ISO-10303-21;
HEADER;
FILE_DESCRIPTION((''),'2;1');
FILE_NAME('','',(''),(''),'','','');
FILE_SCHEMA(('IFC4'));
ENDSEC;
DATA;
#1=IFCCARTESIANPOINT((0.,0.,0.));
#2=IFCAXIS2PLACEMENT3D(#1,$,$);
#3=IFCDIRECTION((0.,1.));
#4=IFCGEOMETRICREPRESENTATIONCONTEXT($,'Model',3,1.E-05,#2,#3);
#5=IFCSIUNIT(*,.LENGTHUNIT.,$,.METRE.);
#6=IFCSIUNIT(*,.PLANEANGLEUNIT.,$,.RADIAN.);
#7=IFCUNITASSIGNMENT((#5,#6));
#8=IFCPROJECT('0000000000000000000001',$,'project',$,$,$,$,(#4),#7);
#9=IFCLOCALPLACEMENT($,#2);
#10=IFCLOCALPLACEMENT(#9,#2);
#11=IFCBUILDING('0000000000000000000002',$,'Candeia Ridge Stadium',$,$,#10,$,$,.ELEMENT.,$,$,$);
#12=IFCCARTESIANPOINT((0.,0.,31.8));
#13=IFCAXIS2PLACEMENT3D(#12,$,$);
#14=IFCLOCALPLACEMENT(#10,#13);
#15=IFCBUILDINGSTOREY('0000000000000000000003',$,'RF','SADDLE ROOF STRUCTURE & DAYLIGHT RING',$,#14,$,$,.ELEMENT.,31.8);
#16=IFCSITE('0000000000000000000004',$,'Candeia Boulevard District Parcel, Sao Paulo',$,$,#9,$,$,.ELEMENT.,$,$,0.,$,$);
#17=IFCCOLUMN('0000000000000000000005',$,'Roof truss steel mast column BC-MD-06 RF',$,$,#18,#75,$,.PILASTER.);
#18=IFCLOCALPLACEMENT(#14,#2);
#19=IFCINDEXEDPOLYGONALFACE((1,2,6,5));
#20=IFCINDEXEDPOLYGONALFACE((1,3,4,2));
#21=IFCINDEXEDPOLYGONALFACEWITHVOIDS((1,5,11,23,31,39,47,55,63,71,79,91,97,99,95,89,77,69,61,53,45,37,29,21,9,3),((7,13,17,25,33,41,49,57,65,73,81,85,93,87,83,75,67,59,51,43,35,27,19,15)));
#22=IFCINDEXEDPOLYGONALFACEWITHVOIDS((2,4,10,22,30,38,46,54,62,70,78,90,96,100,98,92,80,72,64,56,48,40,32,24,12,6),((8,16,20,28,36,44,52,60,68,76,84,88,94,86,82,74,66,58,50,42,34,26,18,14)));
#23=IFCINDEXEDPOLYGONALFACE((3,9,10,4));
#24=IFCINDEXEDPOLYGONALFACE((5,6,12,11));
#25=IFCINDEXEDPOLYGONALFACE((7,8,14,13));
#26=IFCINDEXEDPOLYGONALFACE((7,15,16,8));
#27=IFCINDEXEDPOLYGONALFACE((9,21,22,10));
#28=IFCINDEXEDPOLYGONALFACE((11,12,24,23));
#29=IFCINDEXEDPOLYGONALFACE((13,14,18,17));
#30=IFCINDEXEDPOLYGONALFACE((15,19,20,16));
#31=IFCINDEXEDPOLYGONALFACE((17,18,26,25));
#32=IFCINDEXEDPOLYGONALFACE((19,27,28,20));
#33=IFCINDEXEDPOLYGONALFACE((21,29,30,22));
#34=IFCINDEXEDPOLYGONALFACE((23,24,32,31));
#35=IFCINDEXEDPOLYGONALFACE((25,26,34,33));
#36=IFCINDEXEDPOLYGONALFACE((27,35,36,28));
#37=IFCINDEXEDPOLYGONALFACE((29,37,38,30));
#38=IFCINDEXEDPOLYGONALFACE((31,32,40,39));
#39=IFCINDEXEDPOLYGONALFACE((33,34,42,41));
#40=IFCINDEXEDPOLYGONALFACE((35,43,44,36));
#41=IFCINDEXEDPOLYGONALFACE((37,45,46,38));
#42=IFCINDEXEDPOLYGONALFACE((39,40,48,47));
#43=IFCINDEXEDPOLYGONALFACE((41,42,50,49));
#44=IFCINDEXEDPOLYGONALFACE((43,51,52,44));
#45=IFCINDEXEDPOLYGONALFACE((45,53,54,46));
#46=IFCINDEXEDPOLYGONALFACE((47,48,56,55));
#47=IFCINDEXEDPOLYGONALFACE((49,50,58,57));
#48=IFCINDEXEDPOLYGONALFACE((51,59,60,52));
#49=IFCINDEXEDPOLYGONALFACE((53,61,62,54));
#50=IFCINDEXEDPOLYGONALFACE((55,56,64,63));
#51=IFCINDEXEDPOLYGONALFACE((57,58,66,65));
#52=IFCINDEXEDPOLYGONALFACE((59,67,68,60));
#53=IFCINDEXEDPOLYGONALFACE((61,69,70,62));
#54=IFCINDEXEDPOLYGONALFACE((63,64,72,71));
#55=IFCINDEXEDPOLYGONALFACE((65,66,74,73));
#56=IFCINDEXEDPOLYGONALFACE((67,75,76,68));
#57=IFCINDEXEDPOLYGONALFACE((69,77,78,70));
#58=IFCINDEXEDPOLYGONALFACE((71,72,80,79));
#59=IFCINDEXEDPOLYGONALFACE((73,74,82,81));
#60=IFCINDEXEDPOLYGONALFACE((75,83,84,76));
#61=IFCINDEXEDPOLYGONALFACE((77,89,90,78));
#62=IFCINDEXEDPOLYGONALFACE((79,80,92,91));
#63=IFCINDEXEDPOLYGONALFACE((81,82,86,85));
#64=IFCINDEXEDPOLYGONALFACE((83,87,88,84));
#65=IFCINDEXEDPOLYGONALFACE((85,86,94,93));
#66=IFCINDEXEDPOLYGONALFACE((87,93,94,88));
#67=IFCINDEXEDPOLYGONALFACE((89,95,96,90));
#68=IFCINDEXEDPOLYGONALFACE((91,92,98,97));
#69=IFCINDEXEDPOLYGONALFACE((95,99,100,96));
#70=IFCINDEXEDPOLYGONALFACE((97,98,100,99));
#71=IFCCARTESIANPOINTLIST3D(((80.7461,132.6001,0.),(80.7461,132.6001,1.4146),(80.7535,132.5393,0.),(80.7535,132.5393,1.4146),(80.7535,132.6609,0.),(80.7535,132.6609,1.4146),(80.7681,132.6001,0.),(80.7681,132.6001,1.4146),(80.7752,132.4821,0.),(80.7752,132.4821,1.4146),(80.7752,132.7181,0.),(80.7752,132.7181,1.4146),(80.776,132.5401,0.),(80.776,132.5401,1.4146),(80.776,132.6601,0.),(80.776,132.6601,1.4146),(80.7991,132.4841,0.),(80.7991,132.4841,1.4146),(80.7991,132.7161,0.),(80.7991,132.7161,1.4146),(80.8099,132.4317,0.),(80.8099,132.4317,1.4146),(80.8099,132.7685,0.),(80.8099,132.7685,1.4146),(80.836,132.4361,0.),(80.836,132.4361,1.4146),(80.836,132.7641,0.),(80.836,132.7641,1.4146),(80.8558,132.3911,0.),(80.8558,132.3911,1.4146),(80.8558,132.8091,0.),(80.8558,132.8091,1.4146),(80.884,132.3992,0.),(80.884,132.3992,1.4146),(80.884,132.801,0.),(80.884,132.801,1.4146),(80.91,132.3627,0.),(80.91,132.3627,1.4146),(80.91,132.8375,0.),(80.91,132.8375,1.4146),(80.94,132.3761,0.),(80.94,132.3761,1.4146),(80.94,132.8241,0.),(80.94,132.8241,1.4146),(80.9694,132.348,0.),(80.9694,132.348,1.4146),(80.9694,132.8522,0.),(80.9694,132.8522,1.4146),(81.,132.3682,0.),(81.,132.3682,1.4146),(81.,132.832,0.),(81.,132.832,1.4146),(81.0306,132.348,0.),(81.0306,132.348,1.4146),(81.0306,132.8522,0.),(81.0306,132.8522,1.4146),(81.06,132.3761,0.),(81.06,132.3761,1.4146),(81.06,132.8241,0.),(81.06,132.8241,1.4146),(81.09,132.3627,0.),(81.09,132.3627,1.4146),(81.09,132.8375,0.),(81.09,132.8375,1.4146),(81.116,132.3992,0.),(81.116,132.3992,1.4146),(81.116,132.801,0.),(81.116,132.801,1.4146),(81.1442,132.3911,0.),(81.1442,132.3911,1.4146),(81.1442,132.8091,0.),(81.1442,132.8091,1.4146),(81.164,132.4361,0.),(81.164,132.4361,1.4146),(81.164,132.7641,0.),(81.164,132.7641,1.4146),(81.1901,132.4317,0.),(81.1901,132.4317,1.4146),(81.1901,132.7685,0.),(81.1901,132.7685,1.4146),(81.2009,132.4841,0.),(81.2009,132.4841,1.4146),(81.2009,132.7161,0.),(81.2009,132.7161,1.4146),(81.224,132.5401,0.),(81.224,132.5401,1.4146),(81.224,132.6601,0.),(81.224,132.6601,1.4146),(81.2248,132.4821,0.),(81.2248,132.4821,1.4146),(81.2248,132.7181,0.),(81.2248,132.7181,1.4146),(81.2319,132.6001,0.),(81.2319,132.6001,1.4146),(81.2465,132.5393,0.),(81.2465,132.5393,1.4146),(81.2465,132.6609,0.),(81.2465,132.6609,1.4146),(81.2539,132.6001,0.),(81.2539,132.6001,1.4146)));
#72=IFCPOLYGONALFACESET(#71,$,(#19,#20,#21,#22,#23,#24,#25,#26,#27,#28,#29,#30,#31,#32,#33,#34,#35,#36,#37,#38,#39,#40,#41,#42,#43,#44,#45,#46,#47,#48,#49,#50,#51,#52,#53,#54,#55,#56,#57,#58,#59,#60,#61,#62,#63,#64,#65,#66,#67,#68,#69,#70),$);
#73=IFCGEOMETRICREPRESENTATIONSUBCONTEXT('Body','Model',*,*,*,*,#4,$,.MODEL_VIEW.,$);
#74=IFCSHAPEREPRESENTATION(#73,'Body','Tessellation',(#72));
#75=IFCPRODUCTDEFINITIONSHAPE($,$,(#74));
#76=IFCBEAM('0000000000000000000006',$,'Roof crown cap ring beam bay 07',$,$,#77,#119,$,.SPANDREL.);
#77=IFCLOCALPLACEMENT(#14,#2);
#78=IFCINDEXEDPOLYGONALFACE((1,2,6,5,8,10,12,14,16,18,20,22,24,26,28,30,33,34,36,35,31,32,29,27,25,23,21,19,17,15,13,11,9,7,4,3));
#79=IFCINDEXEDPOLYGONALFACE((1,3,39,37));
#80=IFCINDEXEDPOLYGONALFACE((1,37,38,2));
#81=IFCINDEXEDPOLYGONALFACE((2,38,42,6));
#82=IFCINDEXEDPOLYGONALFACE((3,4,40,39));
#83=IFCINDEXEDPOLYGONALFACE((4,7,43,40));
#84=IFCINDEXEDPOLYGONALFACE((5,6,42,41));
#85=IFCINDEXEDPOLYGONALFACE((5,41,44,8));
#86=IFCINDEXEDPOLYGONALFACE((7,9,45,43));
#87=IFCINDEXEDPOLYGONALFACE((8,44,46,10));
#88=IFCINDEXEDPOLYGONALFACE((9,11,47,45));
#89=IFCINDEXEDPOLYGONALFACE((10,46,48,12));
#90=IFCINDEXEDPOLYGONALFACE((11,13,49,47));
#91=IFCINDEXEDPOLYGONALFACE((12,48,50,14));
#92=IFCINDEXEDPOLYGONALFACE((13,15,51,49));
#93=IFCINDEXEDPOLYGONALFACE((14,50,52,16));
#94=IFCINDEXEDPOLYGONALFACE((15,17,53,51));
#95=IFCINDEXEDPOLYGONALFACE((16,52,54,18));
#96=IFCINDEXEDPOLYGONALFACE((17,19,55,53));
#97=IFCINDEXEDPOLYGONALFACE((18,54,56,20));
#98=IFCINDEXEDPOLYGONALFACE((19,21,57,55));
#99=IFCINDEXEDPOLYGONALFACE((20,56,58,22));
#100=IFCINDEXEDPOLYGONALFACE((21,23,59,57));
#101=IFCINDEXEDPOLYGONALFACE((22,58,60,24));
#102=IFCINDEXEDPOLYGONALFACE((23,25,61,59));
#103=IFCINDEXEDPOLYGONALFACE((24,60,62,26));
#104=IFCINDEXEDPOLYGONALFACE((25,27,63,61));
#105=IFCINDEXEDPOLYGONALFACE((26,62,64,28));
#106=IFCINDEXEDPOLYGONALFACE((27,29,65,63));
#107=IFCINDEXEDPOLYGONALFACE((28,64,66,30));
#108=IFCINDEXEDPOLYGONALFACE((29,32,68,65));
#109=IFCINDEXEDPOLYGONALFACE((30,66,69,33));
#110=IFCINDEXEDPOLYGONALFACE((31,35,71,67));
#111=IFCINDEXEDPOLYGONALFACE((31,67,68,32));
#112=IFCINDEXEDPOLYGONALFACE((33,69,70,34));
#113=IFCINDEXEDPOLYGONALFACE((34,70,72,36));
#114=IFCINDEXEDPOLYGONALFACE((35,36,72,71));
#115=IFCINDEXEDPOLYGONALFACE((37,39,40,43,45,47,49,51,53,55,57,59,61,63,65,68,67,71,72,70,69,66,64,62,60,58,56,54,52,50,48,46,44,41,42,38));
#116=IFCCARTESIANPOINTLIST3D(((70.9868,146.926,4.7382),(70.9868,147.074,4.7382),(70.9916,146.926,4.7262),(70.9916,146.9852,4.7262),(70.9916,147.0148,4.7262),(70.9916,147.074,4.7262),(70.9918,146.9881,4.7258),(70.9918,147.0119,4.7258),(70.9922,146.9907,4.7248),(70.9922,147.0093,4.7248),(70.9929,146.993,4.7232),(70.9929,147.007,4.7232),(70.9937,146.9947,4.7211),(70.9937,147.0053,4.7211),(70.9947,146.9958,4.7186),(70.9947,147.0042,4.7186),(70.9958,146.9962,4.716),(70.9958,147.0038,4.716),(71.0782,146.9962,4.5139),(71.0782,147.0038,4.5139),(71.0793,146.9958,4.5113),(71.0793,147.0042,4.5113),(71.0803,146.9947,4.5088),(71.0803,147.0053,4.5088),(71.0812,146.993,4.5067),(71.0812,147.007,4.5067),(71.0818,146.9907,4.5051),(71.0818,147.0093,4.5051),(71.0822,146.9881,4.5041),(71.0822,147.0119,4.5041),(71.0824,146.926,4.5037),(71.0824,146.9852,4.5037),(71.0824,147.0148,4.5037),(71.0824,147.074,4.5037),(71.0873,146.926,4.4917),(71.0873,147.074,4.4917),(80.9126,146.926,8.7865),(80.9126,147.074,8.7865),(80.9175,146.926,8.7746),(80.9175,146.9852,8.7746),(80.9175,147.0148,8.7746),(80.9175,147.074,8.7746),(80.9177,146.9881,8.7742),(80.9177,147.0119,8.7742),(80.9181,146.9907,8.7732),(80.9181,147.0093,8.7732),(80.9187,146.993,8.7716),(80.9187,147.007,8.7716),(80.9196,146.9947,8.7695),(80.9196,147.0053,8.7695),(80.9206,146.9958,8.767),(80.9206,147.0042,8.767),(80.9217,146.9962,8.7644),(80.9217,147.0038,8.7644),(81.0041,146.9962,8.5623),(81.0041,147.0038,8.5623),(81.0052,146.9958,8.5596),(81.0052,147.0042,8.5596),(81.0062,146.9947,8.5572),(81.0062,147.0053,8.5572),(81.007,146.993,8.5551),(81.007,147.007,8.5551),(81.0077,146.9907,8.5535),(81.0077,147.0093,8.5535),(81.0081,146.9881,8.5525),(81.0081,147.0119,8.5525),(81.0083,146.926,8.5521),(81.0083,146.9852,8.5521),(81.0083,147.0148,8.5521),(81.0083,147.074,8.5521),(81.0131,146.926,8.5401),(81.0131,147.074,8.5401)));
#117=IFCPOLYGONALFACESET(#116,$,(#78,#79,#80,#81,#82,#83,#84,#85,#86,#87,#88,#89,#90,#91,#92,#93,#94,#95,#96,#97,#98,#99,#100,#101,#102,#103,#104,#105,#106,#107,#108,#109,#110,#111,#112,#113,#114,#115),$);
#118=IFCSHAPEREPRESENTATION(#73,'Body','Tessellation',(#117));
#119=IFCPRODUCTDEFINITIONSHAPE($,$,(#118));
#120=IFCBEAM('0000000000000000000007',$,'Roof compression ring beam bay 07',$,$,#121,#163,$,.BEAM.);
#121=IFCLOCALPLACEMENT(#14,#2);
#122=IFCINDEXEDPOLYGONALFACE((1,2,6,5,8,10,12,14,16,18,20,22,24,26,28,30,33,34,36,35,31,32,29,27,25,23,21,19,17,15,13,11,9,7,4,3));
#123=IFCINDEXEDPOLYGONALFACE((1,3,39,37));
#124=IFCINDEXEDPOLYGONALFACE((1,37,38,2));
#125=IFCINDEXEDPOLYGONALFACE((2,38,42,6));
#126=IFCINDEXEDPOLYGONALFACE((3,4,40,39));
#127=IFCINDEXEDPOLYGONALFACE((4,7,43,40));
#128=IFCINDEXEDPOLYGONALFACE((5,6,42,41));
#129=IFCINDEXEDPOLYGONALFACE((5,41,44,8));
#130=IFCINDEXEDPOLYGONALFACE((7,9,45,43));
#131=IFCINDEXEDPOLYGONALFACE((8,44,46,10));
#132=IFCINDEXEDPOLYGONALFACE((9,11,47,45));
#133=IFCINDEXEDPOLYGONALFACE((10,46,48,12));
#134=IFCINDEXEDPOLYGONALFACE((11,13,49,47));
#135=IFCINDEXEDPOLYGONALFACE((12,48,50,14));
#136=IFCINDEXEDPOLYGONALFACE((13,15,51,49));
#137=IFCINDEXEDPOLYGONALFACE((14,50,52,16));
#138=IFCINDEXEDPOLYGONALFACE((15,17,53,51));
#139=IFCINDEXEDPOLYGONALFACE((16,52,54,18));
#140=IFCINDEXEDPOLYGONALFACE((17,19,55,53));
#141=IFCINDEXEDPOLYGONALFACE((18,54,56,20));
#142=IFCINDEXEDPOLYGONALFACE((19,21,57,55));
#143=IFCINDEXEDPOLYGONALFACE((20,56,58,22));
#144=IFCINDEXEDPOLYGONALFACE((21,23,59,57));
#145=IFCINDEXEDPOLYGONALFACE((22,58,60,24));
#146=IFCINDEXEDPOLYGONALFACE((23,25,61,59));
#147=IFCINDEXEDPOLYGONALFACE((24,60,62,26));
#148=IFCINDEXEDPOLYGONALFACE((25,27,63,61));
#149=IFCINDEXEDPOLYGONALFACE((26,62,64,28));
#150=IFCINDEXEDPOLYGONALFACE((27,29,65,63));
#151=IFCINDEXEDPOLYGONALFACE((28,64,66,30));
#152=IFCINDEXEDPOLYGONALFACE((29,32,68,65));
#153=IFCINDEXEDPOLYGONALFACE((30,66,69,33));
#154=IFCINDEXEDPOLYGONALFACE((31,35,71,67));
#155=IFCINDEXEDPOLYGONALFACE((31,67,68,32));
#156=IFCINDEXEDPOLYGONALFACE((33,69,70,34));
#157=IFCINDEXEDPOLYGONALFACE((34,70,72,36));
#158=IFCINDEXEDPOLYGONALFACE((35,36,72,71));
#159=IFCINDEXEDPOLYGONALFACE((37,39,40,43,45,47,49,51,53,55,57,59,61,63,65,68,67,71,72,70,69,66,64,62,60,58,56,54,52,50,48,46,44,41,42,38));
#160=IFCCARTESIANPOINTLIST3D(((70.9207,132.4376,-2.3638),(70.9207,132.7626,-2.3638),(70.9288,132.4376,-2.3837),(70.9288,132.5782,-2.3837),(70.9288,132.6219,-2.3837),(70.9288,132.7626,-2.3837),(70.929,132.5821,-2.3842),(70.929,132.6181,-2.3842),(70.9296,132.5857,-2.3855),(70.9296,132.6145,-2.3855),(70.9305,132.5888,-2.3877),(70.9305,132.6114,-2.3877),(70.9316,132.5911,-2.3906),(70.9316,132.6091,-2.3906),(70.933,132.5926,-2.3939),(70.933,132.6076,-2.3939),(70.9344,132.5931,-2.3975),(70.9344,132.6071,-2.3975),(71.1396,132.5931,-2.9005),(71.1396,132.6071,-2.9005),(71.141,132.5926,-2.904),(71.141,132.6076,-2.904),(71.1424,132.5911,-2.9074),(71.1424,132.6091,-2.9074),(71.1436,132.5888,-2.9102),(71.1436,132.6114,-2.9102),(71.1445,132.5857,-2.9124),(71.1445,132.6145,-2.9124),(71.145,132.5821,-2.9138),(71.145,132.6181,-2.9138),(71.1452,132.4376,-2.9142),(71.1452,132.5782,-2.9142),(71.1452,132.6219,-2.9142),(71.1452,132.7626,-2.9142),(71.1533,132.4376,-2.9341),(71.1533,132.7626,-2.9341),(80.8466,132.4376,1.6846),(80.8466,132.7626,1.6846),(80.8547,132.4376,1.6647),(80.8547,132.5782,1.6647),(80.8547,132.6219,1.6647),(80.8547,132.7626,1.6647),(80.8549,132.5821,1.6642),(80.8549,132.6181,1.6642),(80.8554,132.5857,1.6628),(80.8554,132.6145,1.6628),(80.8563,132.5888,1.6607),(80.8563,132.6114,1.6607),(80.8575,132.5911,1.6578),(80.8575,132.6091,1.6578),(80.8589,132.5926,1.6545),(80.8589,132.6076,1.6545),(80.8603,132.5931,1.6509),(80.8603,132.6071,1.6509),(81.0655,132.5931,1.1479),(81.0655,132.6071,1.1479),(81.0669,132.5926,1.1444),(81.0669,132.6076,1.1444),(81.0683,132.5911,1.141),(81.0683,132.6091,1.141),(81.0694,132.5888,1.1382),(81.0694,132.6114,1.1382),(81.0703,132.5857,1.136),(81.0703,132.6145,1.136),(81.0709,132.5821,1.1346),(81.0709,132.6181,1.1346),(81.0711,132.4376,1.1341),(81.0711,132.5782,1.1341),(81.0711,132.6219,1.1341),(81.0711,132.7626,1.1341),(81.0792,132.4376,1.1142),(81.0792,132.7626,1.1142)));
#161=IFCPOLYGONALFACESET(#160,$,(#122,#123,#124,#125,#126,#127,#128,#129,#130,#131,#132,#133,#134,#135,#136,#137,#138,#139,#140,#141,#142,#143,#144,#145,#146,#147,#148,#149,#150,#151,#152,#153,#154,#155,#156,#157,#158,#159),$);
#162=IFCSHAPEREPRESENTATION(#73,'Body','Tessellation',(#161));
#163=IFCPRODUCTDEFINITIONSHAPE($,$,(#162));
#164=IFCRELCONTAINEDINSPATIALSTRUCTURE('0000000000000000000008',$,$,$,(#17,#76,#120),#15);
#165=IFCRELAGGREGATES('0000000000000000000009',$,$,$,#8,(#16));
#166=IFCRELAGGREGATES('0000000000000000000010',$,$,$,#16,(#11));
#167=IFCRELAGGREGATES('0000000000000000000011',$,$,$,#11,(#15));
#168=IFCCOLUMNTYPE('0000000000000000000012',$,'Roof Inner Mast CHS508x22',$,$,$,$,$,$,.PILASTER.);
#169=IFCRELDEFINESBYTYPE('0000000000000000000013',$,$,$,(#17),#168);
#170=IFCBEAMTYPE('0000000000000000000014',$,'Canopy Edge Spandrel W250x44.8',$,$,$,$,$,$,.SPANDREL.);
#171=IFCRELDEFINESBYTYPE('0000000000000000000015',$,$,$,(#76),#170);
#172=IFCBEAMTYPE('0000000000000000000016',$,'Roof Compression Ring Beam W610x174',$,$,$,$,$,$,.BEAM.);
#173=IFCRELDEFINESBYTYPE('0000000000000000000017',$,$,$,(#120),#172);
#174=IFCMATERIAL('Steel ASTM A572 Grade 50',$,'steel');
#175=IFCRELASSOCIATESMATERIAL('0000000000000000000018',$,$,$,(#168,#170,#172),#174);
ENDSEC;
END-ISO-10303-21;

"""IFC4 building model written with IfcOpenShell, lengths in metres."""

from ifc_helpers import new_model, si_unit, direction, frame, origin, origin_2d, place, context, subcontext, project, spatial, hollow_circle, i_section, extrude, material, material_profile, profile_set, type_object, element, save


model = new_model("IFC4")

# Units and contexts
model_context = context("Model", 3, precision=1e-05, world=origin(), true_north=direction((0.0, 1.0)))
body_context = subcontext(model_context, "Body", "Model", "MODEL_VIEW")
ifc_project = project(units=[si_unit("LENGTHUNIT", "METRE"), si_unit("PLANEANGLEUNIT", "RADIAN")], contexts=[model_context])

# Site, building, storey
site_placement = place(None, origin())
site = spatial("IfcSite", under=ifc_project, at=site_placement, Name="Candeia Boulevard District Parcel, Sao Paulo", CompositionType="ELEMENT", RefElevation=0.0)
building_placement = place(site_placement, origin())
building = spatial("IfcBuilding", under=site, at=building_placement, Name="Candeia Ridge Stadium", CompositionType="ELEMENT")
storey_placement = place(building_placement, frame((0.0, 0.0, 31.8)))
storey = spatial("IfcBuildingStorey", under=building, at=storey_placement, Name="RF", Description="SADDLE ROOF STRUCTURE & DAYLIGHT RING", CompositionType="ELEMENT", Elevation=31.8)

# Column
ifc_material_1 = material(Name="Steel ASTM A572 Grade 50", Category="steel")
ifc_material_profile_1 = material_profile(ifc_material_1, hollow_circle(Radius=0.2539, WallThickness=0.022, at=origin_2d()), Name="CHS508x22", Category="steel")
ifc_profile_set_1 = profile_set([ifc_material_profile_1], Name="Steel ASTM A572 Grade 50")
column_type = type_object("IfcColumnType", Name="Roof Inner Mast CHS508x22", PredefinedType="PILASTER", material=ifc_profile_set_1)
column_placement = place(storey_placement, frame((81.0, 132.6001, 0.0), z_axis=(0.0, 0.0, 1.0), x_axis=(1.0, 0.0, 0.0)))
element("IfcColumn", 1, at=column_placement, inside=storey, type_object=column_type, Name="Roof truss steel mast column BC-MD-06 RF", PredefinedType="PILASTER", context=body_context, shape_type="SweptSolid", body=[
    extrude(hollow_circle(Radius=0.2539, WallThickness=0.022, at=origin_2d()), origin(), (0.0, 0.0, 1.0), 1.4146),
])

# Beams
ifc_material_profile_2 = material_profile(ifc_material_1, i_section(OverallWidth=0.1479, OverallDepth=0.2661, WebThickness=0.0076, FlangeThickness=0.0129, FilletRadius=0.011, at=origin_2d()), Name="W250x44.8", Category="steel")
ifc_profile_set_2 = profile_set([ifc_material_profile_2], Name="Steel ASTM A572 Grade 50")
beam_type_1 = type_object("IfcBeamType", Name="Canopy Edge Spandrel W250x44.8", PredefinedType="SPANDREL", material=ifc_profile_set_2)
beam_1_placement = place(storey_placement, frame((80.9629, 147.0, 8.6633), z_axis=(-0.925946, 0.0, -0.377657), x_axis=(0.0, -1.0, 0.0)))
element("IfcBeam", 2, at=beam_1_placement, inside=storey, type_object=beam_type_1, Name="Roof crown cap ring beam bay 07", PredefinedType="SPANDREL", context=body_context, shape_type="SweptSolid", body=[
    extrude(i_section(OverallWidth=0.1479, OverallDepth=0.2661, WebThickness=0.0076, FlangeThickness=0.0129, FilletRadius=0.011, at=origin_2d()), origin(), (0.0, 0.0, 1.0), 10.7197),
])
ifc_material_profile_3 = material_profile(ifc_material_1, i_section(OverallWidth=0.325, OverallDepth=0.616, WebThickness=0.0139, FlangeThickness=0.0215, FilletRadius=0.0149, at=origin_2d()), Name="W610x174", Category="steel")
ifc_profile_set_3 = profile_set([ifc_material_profile_3], Name="Steel ASTM A572 Grade 50")
beam_type_2 = type_object("IfcBeamType", Name="Roof Compression Ring Beam W610x174", PredefinedType="BEAM", material=ifc_profile_set_3)
beam_2_placement = place(storey_placement, frame((80.9629, 132.6001, 1.3994), z_axis=(-0.925946, 0.0, -0.377657), x_axis=(0.0, -1.0, 0.0)))
element("IfcBeam", 3, at=beam_2_placement, inside=storey, type_object=beam_type_2, Name="Roof compression ring beam bay 07", PredefinedType="BEAM", context=body_context, shape_type="SweptSolid", body=[
    extrude(i_section(OverallWidth=0.325, OverallDepth=0.616, WebThickness=0.0139, FlangeThickness=0.0215, FilletRadius=0.0149, at=origin_2d()), origin(), (0.0, 0.0, 1.0), 10.7197),
])

save(model, "model.ifc")
